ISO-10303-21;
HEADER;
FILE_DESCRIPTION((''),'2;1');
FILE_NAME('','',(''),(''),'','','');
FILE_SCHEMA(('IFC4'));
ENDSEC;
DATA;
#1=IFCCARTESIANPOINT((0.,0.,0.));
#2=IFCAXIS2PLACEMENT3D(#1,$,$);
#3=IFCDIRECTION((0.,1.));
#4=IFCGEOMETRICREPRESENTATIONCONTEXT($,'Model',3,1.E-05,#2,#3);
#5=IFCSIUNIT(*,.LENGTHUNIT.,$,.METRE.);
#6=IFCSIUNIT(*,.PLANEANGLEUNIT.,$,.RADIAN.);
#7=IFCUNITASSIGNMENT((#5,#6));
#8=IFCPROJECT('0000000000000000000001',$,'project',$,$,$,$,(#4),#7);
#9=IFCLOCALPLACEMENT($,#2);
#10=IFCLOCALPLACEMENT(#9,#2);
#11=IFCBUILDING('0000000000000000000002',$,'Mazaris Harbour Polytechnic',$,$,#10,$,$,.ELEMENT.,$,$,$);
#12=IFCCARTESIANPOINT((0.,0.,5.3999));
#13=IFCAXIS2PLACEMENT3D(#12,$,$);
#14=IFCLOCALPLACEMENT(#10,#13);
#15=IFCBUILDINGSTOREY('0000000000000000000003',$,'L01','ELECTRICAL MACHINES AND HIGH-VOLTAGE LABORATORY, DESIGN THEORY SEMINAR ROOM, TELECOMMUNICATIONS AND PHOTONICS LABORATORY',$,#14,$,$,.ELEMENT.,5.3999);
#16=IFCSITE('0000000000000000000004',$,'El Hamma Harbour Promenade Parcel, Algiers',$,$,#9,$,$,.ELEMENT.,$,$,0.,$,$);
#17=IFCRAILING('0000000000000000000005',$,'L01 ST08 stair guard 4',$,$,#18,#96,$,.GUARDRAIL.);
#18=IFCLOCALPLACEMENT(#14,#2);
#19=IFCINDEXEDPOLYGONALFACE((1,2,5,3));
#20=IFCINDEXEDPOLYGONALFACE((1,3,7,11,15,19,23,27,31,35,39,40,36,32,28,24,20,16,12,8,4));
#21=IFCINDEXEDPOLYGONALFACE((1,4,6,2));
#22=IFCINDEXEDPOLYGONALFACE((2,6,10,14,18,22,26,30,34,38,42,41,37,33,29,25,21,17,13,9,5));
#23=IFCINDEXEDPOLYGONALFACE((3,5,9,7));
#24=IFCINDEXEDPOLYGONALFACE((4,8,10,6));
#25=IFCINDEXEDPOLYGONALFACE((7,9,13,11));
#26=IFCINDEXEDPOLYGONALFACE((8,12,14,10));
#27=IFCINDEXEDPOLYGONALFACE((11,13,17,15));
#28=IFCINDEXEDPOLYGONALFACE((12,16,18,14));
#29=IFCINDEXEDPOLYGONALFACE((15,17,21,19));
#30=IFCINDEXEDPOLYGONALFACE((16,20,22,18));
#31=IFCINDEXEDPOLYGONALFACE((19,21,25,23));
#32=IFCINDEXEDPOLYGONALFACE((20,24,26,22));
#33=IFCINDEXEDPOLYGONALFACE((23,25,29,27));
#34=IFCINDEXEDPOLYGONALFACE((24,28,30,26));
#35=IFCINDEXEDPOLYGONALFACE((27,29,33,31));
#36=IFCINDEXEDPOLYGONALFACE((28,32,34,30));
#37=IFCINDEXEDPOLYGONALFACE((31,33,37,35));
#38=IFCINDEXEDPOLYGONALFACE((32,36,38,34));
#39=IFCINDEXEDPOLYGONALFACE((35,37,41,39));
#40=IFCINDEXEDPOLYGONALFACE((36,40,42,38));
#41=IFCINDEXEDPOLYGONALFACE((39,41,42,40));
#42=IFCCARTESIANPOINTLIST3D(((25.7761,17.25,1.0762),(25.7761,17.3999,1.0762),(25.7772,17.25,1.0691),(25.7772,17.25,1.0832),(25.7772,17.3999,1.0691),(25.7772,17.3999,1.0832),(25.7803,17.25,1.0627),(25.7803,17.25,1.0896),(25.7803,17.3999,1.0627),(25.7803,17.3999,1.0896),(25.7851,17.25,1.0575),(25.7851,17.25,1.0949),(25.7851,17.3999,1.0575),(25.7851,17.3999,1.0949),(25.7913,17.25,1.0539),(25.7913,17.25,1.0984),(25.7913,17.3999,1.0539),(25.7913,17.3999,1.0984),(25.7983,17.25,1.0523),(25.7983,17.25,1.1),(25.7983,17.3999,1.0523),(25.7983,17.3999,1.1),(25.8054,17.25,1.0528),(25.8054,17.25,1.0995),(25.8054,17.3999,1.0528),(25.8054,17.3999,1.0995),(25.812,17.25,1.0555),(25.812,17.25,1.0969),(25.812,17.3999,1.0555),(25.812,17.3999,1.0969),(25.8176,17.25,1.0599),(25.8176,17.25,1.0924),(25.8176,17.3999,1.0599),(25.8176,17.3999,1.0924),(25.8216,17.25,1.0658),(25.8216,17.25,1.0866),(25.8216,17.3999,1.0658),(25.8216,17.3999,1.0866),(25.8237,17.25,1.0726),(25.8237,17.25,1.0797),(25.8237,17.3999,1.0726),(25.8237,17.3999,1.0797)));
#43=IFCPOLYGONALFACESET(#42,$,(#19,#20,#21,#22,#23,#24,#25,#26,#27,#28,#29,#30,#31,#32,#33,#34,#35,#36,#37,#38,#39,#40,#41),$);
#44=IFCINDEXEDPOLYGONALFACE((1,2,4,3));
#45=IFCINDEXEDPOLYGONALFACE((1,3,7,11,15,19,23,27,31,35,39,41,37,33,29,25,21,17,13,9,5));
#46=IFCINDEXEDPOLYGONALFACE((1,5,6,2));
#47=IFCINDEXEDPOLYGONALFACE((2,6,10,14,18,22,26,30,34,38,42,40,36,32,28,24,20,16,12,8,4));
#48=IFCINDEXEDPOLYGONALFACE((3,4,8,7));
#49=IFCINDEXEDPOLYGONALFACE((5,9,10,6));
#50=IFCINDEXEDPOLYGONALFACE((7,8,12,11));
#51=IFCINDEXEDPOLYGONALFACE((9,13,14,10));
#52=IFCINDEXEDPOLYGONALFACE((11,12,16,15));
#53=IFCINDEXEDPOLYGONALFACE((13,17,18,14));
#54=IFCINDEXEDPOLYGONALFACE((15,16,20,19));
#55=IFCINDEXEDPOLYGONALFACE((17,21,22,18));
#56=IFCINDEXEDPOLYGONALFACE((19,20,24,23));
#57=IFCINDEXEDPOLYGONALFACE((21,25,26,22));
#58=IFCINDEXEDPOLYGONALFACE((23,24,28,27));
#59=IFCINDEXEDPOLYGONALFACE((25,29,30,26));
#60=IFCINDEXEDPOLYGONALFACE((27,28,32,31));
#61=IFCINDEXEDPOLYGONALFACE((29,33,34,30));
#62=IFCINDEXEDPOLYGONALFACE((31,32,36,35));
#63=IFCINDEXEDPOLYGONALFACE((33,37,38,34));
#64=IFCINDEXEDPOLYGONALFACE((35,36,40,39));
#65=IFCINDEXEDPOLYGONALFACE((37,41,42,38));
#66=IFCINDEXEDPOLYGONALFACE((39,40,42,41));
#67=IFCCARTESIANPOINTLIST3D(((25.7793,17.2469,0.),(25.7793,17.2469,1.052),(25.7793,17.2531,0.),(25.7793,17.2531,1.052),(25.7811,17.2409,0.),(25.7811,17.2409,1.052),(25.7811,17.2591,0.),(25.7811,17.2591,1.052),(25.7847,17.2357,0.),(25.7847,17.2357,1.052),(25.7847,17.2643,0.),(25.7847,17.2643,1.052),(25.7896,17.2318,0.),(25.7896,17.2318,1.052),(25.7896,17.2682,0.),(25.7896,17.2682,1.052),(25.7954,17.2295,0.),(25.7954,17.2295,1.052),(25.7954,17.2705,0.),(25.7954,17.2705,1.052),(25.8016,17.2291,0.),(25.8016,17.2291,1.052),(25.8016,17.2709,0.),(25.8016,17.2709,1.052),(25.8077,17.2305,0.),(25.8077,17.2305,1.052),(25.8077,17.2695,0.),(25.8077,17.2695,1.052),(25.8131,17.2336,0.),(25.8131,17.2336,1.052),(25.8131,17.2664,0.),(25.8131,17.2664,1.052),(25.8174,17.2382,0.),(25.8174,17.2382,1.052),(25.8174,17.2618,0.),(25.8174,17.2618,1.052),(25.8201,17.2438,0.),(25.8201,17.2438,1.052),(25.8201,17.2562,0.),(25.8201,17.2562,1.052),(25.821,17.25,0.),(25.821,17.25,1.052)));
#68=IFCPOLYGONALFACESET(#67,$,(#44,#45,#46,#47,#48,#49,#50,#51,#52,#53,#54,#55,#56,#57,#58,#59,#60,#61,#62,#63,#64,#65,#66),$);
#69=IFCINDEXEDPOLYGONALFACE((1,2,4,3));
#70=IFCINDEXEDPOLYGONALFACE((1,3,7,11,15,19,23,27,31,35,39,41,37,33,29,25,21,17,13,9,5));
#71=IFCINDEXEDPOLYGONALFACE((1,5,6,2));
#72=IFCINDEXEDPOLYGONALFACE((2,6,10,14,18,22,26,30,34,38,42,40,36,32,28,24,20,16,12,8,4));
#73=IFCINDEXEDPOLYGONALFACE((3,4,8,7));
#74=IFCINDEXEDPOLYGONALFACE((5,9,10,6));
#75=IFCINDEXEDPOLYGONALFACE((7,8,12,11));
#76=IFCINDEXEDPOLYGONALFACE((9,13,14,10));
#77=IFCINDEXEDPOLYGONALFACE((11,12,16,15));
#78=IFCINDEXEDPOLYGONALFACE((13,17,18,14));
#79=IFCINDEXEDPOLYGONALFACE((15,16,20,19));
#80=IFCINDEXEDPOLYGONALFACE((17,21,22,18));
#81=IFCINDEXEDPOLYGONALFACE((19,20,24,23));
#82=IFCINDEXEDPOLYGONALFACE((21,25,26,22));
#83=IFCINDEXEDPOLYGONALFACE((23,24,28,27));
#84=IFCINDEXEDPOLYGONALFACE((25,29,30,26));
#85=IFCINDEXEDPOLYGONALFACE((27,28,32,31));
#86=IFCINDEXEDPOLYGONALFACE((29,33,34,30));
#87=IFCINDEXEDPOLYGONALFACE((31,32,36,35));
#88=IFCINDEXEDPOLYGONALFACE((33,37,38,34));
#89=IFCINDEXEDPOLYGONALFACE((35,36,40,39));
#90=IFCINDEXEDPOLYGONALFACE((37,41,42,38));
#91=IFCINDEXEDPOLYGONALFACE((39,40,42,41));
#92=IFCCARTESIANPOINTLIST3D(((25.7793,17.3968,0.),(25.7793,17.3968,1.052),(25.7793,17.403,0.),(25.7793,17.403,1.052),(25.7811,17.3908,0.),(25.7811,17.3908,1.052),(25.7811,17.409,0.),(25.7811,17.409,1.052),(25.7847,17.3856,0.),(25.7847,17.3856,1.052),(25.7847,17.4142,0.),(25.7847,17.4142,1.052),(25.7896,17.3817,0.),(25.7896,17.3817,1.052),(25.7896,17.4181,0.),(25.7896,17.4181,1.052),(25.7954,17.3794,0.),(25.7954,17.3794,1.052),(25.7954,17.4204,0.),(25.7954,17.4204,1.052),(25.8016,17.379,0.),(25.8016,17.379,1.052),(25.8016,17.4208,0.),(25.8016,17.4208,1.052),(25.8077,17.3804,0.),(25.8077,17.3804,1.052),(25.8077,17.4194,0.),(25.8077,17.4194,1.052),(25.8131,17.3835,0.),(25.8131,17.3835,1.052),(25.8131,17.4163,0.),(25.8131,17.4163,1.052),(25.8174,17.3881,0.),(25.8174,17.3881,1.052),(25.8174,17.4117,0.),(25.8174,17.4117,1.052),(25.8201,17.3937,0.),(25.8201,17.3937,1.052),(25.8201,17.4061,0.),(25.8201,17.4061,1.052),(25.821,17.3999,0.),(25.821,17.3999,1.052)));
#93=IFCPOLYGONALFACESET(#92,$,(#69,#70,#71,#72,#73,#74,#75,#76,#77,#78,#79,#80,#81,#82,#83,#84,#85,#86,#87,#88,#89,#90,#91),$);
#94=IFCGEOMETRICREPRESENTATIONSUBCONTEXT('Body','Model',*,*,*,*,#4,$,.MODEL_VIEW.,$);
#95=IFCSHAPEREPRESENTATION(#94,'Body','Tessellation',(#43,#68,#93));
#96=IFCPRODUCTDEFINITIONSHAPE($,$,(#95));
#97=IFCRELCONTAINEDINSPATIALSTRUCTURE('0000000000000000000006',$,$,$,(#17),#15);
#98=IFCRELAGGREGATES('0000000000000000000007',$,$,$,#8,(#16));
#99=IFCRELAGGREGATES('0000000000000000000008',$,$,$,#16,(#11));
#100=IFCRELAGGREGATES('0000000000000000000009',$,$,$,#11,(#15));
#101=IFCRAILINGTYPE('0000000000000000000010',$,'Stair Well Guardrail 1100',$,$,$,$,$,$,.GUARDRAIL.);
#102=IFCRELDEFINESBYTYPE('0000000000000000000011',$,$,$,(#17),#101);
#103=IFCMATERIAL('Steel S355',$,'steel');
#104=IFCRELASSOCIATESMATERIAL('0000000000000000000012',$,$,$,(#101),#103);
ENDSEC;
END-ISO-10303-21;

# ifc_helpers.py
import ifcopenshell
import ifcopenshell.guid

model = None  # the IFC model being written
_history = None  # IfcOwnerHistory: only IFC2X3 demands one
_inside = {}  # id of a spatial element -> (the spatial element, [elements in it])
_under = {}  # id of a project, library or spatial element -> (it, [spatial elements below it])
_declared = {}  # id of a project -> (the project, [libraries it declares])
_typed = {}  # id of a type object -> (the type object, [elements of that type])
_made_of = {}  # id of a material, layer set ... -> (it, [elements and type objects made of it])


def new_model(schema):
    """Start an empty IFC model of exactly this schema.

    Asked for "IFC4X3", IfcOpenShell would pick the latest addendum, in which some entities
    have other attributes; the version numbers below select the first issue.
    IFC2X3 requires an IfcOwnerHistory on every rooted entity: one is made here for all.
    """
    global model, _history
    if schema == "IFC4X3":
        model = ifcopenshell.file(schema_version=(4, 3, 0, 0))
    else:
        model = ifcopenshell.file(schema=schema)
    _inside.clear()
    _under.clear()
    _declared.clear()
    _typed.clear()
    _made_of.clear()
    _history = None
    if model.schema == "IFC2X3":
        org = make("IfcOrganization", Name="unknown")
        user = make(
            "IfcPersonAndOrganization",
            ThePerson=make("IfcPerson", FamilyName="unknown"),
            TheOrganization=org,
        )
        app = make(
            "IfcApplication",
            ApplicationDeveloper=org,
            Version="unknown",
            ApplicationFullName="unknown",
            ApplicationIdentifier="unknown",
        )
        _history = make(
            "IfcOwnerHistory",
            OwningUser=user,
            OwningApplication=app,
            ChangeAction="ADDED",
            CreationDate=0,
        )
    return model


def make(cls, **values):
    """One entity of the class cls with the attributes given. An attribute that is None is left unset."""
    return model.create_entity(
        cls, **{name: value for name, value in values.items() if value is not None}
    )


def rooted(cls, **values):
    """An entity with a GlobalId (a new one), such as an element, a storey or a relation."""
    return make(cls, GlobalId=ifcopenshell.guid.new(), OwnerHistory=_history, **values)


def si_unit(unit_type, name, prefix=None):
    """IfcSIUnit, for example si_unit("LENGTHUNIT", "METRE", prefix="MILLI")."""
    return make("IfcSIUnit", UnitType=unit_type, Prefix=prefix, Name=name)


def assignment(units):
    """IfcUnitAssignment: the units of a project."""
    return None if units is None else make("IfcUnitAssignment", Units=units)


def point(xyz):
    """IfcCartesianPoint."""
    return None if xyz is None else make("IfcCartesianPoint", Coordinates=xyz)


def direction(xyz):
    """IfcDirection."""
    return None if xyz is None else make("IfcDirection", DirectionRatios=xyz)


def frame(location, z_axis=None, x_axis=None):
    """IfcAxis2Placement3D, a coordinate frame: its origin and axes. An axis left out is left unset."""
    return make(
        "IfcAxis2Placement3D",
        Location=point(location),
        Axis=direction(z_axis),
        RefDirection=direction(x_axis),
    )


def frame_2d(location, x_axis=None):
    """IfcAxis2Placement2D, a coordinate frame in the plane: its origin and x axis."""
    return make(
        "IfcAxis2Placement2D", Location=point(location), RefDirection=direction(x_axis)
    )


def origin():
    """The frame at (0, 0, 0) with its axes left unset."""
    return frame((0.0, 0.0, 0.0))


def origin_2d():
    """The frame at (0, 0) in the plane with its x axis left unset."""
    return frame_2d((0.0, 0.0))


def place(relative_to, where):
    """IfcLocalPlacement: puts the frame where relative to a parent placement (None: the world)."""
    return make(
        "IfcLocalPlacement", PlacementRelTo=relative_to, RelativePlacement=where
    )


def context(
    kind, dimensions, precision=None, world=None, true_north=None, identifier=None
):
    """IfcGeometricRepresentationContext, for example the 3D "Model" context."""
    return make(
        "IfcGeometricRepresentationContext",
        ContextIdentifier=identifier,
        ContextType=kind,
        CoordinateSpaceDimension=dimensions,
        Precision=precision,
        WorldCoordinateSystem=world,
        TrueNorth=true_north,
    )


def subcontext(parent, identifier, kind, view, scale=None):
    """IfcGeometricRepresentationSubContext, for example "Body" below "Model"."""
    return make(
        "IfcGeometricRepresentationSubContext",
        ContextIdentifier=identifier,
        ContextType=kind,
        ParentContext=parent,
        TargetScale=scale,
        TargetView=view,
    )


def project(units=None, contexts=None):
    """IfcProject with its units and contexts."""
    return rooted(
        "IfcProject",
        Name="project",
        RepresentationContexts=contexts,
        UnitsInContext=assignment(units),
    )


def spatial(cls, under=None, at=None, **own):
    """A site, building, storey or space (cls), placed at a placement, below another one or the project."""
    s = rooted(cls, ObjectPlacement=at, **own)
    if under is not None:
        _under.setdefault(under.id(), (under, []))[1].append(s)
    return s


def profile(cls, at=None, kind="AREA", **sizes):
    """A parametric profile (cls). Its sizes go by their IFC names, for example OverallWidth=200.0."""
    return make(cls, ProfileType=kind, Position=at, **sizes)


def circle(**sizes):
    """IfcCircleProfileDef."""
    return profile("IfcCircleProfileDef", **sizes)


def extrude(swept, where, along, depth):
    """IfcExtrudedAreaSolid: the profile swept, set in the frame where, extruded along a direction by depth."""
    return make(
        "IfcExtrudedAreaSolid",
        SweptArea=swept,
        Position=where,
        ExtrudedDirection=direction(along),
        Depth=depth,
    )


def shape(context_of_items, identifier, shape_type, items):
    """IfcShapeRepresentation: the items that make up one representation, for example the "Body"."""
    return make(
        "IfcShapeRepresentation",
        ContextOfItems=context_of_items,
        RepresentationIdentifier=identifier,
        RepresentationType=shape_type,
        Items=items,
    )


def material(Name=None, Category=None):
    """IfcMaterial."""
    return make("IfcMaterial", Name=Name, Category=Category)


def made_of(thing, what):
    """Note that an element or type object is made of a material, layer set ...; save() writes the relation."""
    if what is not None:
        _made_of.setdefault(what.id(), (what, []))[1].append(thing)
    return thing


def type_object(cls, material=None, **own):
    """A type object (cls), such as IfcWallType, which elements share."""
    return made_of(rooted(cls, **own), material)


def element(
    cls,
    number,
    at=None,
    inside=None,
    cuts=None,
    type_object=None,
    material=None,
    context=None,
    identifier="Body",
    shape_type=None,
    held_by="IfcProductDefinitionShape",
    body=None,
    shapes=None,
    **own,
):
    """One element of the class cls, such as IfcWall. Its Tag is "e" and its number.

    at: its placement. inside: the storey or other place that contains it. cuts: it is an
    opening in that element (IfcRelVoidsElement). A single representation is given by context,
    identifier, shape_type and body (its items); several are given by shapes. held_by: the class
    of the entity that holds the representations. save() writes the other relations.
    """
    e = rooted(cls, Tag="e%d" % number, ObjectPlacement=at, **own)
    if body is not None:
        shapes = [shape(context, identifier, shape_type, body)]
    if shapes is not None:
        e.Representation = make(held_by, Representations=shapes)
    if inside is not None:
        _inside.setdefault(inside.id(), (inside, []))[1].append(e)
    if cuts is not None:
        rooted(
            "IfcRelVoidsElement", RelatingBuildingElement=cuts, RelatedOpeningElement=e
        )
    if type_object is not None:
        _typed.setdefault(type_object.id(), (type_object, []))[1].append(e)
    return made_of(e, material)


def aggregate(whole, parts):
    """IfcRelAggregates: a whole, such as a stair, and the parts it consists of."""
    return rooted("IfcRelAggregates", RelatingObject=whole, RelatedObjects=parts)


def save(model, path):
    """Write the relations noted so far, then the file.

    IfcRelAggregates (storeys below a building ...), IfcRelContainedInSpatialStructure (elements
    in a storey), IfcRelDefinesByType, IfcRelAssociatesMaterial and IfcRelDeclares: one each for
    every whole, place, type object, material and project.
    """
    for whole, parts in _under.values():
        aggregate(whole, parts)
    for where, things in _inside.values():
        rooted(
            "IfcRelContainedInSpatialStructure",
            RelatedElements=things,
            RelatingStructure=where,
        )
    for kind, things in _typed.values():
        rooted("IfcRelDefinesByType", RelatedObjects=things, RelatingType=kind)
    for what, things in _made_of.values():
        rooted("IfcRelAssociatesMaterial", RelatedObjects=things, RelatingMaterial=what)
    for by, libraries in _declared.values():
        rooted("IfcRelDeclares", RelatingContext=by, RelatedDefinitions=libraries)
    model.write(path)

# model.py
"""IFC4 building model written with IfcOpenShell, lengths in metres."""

from ifc_helpers import new_model, si_unit, direction, frame, origin, origin_2d, place, context, subcontext, project, spatial, circle, extrude, material, type_object, element, save


model = new_model("IFC4")

# Units and contexts
model_context = context("Model", 3, precision=1e-05, world=origin(), true_north=direction((0.0, 1.0)))
body_context = subcontext(model_context, "Body", "Model", "MODEL_VIEW")
ifc_project = project(units=[si_unit("LENGTHUNIT", "METRE"), si_unit("PLANEANGLEUNIT", "RADIAN")], contexts=[model_context])

# Site, building, storey
site_placement = place(None, origin())
site = spatial("IfcSite", under=ifc_project, at=site_placement, Name="El Hamma Harbour Promenade Parcel, Algiers", CompositionType="ELEMENT", RefElevation=0.0)
building_placement = place(site_placement, origin())
building = spatial("IfcBuilding", under=site, at=building_placement, Name="Mazaris Harbour Polytechnic", CompositionType="ELEMENT")
storey_placement = place(building_placement, frame((0.0, 0.0, 5.3999)))
storey = spatial("IfcBuildingStorey", under=building, at=storey_placement, Name="L01", Description="ELECTRICAL MACHINES AND HIGH-VOLTAGE LABORATORY, DESIGN THEORY SEMINAR ROOM, TELECOMMUNICATIONS AND PHOTONICS LABORATORY", CompositionType="ELEMENT", Elevation=5.3999)

# Railing
ifc_material_1 = material(Name="Steel S355", Category="steel")
railing_type_1 = type_object("IfcRailingType", Name="Stair Well Guardrail 1100", PredefinedType="GUARDRAIL", material=ifc_material_1)
railing_1_placement = place(storey_placement, frame((25.8, 17.25, 0.0)))
element("IfcRailing", 1, at=railing_1_placement, inside=storey, type_object=railing_type_1, Name="L01 ST08 stair guard 4", PredefinedType="GUARDRAIL", context=body_context, shape_type="SweptSolid", body=[
    extrude(circle(Radius=0.0239, at=origin_2d()), frame((0.0, 0.0, 1.0762), z_axis=(0.0, 1.0, 0.0), x_axis=(-1.0, 0.0, 0.0)), (0.0, 0.0, 1.0), 0.1499),
    extrude(circle(Radius=0.021, at=origin_2d()), origin(), (0.0, 0.0, 1.0), 1.052),
    extrude(circle(Radius=0.021, at=origin_2d()), frame((0.0, 0.1499, 0.0)), (0.0, 0.0, 1.0), 1.052),
])

save(model, "model.ifc")
